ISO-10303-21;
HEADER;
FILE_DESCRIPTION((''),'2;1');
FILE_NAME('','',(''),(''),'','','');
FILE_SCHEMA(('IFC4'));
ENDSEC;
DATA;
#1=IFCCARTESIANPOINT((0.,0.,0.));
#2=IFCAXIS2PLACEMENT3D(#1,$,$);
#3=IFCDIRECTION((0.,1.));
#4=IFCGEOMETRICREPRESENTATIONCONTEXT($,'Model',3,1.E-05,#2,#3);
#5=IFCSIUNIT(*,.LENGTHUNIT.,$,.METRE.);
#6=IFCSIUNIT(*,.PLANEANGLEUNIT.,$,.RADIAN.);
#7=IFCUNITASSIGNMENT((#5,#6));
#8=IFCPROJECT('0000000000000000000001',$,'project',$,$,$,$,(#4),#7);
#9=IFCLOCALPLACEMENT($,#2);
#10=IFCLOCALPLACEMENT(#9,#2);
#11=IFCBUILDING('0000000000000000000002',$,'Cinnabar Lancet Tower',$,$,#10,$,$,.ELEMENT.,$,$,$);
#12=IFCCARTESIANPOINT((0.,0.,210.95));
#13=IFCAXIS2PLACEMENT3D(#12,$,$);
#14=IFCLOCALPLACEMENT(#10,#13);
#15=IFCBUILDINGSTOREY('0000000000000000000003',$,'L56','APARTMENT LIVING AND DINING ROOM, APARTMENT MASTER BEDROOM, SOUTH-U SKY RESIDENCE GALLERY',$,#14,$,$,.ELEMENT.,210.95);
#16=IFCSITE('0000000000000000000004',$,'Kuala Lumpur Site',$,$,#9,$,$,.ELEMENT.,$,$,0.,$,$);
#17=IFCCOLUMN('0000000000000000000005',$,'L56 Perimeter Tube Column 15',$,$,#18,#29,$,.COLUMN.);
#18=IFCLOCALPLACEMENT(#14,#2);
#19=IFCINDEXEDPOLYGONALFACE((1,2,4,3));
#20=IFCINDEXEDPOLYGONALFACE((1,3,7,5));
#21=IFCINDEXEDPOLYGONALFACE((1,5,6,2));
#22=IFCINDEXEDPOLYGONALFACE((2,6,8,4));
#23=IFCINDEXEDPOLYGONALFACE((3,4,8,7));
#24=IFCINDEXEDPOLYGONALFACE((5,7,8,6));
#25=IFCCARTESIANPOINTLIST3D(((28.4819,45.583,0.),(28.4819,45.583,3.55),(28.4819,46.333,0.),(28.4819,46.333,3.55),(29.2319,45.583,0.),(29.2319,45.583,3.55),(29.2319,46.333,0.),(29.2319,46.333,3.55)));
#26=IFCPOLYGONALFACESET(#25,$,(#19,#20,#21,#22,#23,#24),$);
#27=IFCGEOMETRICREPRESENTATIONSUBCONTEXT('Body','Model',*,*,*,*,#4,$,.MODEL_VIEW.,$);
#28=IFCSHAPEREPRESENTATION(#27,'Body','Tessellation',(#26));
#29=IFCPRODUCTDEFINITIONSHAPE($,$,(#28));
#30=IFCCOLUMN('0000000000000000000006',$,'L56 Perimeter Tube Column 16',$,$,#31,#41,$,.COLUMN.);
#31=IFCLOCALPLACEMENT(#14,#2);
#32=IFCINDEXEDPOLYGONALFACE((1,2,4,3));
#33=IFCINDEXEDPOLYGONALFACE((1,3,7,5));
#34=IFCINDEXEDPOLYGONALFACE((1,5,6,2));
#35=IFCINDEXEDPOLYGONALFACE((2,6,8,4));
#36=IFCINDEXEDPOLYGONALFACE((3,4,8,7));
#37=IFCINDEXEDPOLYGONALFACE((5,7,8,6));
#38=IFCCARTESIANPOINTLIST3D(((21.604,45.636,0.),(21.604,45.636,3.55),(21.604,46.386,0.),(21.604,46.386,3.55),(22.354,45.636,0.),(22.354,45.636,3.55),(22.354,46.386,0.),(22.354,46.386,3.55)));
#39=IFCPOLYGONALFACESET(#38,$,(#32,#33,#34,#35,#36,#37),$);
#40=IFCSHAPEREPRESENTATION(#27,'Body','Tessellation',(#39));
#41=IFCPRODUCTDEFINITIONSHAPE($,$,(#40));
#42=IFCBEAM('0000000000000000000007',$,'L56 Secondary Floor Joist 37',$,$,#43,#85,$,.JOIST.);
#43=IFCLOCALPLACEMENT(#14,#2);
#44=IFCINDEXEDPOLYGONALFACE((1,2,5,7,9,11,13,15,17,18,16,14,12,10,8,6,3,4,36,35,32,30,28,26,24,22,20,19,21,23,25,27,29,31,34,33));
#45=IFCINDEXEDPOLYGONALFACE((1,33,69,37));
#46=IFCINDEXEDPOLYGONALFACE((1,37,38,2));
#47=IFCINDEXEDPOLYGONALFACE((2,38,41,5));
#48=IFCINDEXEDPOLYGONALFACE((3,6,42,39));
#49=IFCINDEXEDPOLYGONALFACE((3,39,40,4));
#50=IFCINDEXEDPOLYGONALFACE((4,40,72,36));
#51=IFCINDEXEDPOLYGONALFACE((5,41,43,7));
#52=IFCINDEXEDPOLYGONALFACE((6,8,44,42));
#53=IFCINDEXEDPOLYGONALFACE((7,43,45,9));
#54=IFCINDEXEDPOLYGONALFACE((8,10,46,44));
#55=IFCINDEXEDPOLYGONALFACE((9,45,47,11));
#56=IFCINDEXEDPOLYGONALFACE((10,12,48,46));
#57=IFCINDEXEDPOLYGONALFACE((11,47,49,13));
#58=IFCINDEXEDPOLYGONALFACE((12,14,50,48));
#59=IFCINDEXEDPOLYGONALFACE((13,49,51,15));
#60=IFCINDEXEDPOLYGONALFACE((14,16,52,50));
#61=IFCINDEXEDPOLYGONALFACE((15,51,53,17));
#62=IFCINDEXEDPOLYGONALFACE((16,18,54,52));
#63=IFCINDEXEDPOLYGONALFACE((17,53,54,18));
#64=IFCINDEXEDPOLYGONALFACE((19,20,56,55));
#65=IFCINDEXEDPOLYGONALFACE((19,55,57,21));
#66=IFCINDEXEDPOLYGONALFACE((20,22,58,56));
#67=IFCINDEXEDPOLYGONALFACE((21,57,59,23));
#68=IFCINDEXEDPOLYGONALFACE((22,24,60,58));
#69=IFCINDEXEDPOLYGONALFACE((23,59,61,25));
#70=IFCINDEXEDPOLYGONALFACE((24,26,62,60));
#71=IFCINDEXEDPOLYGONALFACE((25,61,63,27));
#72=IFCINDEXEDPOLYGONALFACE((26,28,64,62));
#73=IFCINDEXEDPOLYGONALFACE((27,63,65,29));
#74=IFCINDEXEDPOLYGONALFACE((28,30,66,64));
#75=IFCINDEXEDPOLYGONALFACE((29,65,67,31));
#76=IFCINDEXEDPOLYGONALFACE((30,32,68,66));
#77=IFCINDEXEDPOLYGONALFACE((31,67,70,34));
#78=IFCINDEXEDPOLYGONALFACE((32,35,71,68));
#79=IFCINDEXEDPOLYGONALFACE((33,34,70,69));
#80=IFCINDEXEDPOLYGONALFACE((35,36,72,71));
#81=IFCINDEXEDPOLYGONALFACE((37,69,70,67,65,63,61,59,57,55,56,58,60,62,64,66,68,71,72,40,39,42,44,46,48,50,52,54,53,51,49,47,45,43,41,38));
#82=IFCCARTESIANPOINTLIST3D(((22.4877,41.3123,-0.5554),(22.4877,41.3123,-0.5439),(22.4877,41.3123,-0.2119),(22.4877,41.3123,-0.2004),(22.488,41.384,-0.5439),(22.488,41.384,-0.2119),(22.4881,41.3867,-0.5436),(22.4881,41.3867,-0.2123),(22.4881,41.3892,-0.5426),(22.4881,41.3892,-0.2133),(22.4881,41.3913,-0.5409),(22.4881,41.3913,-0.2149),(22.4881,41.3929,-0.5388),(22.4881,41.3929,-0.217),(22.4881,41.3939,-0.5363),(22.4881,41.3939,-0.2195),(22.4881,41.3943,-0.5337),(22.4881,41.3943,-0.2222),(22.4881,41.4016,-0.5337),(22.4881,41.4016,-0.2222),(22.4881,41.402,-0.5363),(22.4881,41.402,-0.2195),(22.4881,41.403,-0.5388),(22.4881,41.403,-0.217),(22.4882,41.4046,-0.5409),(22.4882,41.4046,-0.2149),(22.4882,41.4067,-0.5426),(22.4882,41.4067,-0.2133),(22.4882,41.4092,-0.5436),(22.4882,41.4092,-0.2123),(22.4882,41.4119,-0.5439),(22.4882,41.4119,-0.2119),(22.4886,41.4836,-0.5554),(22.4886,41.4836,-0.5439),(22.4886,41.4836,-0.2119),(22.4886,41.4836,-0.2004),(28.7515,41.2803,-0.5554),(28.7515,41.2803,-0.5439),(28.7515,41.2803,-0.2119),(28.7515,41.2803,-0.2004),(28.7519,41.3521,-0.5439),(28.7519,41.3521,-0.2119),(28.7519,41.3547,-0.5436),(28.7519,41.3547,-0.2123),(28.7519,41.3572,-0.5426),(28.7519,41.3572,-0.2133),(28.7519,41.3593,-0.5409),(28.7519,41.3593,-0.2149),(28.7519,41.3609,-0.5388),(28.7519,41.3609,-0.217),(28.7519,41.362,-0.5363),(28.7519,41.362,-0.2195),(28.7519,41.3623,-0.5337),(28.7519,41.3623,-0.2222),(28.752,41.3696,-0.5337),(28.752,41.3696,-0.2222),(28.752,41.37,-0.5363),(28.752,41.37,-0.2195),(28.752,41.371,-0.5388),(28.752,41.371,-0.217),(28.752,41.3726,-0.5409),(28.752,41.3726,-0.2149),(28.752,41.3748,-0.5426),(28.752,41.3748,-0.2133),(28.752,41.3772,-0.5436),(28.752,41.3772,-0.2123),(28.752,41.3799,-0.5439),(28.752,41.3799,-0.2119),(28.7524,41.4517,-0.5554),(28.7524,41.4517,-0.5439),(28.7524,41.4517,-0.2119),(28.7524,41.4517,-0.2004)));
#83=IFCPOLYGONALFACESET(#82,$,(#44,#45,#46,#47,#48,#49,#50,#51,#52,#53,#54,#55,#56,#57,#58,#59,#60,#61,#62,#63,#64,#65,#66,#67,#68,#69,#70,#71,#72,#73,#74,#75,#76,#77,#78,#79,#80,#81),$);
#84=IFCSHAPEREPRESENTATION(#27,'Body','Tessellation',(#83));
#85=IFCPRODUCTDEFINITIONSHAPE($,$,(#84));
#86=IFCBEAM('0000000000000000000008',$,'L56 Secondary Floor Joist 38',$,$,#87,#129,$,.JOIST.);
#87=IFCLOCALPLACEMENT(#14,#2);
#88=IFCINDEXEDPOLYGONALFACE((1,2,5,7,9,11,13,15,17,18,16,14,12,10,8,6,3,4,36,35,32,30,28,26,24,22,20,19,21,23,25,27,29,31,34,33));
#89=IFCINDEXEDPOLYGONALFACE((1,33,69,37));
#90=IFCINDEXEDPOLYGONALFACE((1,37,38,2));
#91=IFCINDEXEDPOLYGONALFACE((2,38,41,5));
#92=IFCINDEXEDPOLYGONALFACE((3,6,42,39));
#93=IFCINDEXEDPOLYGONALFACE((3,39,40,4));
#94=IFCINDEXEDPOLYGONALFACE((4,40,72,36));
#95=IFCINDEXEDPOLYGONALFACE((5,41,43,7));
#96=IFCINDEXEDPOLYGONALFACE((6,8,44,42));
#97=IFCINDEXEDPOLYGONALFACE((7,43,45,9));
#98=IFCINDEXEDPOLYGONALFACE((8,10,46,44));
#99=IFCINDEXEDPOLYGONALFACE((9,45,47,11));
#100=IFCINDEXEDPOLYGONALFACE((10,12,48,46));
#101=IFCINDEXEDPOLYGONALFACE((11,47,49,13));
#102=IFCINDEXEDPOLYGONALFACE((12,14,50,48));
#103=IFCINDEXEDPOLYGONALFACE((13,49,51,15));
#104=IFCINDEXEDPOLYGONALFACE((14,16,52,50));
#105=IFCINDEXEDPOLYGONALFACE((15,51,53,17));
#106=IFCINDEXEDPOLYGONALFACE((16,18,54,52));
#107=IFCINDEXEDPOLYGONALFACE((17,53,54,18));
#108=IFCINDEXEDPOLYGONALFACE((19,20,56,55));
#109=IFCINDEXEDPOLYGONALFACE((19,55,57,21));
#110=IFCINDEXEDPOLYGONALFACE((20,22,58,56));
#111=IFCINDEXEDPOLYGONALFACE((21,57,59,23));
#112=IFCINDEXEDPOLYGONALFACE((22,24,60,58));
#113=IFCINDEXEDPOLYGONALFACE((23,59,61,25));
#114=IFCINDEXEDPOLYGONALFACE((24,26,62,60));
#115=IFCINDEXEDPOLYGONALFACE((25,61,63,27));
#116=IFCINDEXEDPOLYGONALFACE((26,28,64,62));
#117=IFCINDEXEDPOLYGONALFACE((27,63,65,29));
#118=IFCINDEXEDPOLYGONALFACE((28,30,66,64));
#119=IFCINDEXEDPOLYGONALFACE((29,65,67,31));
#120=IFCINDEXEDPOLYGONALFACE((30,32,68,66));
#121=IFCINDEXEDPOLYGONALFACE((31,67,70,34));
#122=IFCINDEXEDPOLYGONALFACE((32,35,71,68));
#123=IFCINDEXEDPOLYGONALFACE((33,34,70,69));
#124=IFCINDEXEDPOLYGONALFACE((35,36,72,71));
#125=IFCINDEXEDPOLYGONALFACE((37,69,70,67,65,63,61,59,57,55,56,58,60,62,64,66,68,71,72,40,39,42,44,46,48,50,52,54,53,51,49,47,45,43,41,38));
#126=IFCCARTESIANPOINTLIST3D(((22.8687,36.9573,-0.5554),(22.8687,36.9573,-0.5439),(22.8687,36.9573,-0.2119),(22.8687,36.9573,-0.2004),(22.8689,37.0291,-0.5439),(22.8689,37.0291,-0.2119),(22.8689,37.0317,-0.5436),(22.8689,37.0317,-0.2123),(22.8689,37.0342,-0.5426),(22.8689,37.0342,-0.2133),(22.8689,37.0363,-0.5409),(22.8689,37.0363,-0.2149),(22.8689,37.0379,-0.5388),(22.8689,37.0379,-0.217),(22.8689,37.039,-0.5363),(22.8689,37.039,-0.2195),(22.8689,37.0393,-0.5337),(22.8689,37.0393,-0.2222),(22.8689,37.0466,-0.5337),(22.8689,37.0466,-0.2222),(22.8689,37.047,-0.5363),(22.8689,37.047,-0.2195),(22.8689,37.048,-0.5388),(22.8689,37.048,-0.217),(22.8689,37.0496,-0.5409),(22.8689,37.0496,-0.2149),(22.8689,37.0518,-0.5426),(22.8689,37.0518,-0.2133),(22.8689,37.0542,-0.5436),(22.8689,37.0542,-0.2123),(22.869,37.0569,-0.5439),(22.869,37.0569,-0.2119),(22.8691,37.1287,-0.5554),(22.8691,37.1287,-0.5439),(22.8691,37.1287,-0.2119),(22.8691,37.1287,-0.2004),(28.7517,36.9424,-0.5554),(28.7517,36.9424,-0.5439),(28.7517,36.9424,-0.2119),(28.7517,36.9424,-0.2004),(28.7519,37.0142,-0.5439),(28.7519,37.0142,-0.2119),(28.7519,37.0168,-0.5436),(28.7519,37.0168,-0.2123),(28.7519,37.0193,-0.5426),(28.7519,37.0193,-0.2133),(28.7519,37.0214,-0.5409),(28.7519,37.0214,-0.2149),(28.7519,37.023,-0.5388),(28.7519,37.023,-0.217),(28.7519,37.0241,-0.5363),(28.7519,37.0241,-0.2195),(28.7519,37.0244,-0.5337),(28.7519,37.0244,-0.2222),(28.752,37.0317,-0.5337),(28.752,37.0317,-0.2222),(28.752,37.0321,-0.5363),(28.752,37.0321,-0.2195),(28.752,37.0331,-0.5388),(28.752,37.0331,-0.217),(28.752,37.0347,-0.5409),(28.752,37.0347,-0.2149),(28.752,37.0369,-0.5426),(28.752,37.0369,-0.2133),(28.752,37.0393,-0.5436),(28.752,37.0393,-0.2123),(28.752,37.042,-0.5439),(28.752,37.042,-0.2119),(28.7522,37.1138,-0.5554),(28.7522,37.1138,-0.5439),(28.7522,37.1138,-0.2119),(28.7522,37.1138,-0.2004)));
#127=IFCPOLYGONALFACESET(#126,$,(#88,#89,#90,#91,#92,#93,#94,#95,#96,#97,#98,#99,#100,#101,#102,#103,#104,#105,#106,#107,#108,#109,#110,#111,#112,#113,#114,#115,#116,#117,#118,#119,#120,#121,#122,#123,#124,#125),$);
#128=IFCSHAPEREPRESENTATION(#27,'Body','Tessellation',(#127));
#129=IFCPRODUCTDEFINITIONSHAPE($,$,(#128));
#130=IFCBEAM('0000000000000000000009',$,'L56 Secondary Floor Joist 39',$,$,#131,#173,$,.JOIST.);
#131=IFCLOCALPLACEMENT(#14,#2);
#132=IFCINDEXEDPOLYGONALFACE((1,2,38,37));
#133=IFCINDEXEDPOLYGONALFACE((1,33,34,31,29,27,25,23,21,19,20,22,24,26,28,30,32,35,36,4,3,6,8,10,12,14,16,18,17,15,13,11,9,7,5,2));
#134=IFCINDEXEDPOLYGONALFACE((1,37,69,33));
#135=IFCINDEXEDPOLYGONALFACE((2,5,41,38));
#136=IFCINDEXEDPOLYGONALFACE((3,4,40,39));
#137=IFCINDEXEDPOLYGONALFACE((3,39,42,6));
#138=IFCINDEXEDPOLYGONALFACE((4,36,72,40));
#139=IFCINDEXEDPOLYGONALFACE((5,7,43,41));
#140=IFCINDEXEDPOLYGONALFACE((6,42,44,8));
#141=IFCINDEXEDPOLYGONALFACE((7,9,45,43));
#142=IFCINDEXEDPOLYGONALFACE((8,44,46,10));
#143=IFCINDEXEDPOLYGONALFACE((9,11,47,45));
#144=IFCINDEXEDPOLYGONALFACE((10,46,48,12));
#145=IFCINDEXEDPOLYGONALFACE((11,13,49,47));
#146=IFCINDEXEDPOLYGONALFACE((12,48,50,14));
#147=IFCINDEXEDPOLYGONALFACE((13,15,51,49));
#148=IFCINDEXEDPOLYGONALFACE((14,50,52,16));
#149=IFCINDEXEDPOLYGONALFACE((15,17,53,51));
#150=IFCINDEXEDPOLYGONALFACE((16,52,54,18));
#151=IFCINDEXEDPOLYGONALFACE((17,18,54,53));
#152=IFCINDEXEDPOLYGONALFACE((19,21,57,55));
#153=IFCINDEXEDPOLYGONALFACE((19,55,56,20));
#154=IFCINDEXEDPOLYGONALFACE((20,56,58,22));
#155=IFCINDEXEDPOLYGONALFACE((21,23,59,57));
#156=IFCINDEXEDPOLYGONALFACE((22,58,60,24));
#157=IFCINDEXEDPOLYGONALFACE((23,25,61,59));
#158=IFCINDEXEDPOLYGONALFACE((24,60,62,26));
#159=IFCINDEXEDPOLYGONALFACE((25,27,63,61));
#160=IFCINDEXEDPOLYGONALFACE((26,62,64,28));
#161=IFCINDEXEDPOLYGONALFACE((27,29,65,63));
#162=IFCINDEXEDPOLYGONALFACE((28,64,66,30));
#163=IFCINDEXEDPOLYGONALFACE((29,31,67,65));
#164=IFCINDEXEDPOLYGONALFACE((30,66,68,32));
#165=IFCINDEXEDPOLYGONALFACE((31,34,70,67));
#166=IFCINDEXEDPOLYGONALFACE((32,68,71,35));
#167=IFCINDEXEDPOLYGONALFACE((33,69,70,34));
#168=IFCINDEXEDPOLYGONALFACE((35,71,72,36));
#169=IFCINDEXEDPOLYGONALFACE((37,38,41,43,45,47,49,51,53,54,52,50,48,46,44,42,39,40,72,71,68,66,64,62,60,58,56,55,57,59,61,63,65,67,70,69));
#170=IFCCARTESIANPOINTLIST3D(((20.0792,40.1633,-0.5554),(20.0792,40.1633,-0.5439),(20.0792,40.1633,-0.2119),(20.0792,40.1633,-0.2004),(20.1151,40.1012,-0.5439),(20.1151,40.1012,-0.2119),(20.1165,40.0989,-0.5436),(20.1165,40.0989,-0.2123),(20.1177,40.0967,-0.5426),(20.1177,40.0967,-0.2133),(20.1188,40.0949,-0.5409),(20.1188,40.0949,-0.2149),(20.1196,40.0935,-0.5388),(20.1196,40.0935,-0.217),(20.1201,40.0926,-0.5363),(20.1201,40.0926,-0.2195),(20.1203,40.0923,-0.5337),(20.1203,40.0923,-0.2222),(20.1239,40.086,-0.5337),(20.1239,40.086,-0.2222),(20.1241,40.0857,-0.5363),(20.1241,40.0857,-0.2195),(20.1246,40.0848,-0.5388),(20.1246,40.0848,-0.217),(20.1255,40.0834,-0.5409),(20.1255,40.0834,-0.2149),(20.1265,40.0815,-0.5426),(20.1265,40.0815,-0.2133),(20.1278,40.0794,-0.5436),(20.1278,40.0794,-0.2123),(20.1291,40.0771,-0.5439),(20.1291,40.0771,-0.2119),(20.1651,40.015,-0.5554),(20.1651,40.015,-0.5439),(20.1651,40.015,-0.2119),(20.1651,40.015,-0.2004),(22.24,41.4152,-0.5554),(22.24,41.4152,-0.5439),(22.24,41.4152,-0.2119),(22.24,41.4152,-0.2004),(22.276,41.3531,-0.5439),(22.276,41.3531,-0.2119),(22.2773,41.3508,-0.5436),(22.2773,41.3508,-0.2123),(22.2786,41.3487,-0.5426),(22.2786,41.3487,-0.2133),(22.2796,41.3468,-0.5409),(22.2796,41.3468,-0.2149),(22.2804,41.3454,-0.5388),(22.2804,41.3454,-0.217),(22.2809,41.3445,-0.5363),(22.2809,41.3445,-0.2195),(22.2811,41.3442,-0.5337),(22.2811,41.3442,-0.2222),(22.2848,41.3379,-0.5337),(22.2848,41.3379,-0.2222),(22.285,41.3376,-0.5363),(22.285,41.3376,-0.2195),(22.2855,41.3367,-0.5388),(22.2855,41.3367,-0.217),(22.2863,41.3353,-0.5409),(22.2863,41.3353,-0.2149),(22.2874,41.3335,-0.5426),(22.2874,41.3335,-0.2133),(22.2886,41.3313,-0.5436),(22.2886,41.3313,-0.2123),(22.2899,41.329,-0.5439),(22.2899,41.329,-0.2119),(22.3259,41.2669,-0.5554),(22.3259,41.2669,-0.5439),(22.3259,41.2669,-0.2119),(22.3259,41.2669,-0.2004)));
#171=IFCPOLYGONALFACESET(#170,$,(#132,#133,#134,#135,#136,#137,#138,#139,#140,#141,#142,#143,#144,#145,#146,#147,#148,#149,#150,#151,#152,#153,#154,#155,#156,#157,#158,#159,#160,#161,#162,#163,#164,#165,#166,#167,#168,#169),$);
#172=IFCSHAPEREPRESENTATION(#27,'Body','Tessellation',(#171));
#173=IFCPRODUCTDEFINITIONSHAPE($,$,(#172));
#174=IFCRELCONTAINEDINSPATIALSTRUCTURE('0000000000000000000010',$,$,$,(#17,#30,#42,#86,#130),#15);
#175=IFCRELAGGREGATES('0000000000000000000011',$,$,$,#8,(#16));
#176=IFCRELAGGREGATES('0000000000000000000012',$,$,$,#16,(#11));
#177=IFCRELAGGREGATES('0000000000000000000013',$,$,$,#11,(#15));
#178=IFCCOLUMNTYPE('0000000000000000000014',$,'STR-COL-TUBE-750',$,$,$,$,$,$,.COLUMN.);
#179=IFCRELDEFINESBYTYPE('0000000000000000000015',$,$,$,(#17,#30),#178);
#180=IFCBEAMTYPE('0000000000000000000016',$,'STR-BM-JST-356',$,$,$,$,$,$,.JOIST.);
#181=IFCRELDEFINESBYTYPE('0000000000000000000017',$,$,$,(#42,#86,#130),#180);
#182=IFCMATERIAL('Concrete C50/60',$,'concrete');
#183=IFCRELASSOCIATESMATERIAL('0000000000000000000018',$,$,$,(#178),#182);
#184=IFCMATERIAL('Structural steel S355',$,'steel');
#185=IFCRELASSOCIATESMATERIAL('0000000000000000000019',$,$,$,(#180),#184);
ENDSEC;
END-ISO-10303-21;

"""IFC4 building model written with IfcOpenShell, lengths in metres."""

from ifc_helpers import new_model, si_unit, direction, frame, origin, origin_2d, place, context, subcontext, project, spatial, rectangle, i_section, extrude, material, material_profile, profile_set, type_object, element, save


model = new_model("IFC4")

# Units and contexts
model_context = context("Model", 3, precision=1e-05, world=origin(), true_north=direction((0.0, 1.0)))
body_context = subcontext(model_context, "Body", "Model", "MODEL_VIEW")
ifc_project = project(units=[si_unit("LENGTHUNIT", "METRE"), si_unit("PLANEANGLEUNIT", "RADIAN")], contexts=[model_context])

# Site, building, storey
site_placement = place(None, origin())
site = spatial("IfcSite", under=ifc_project, at=site_placement, Name="Kuala Lumpur Site", CompositionType="ELEMENT", RefElevation=0.0)
building_placement = place(site_placement, origin())
building = spatial("IfcBuilding", under=site, at=building_placement, Name="Cinnabar Lancet Tower", CompositionType="ELEMENT")
storey_placement = place(building_placement, frame((0.0, 0.0, 210.95)))
storey = spatial("IfcBuildingStorey", under=building, at=storey_placement, Name="L56", Description="APARTMENT LIVING AND DINING ROOM, APARTMENT MASTER BEDROOM, SOUTH-U SKY RESIDENCE GALLERY", CompositionType="ELEMENT", Elevation=210.95)

# Columns
ifc_material_1 = material(Name="Concrete C50/60", Category="concrete")
ifc_material_profile_1 = material_profile(ifc_material_1, rectangle(XDim=0.75, YDim=0.75, at=origin_2d()), Name="RC-COL 750x750")
ifc_profile_set_1 = profile_set([ifc_material_profile_1], Name="Concrete C50/60")
column_type = type_object("IfcColumnType", Name="STR-COL-TUBE-750", PredefinedType="COLUMN", material=ifc_profile_set_1)
for number, where, z_axis, x_axis, name in (
    (1, (28.8569, 45.958, 0.0), (0.0, 0.0, 1.0), (1.0, 0.0, 0.0), "L56 Perimeter Tube Column 15"),
    (2, (21.979, 46.011, 0.0), (0.0, 0.0, 1.0), (1.0, 0.0, 0.0), "L56 Perimeter Tube Column 16"),
):
    element("IfcColumn", number, at=place(storey_placement, frame(where, z_axis=z_axis, x_axis=x_axis)), inside=storey, type_object=column_type, Name=name, PredefinedType="COLUMN", context=body_context, shape_type="SweptSolid", body=[
        extrude(rectangle(XDim=0.75, YDim=0.75, at=origin_2d()), origin(), (0.0, 0.0, 1.0), 3.55),
    ])

# Beams
ifc_material_2 = material(Name="Structural steel S355", Category="steel")
ifc_material_profile_2 = material_profile(ifc_material_2, i_section(OverallWidth=0.1714, OverallDepth=0.355, WebThickness=0.0073, FlangeThickness=0.0115, FilletRadius=0.0103, at=origin_2d()), Name="UKB 356x171x51")
ifc_profile_set_2 = profile_set([ifc_material_profile_2], Name="Structural steel S355")
beam_type_1 = type_object("IfcBeamType", Name="STR-BM-JST-356", PredefinedType="JOIST", material=ifc_profile_set_2)
beam_1_placement = place(storey_placement, frame((28.752, 41.366, -0.3779), z_axis=(-0.999987, 0.005106, 0.0), x_axis=(-0.005106, -0.999987, 0.0)))
element("IfcBeam", 3, at=beam_1_placement, inside=storey, type_object=beam_type_1, Name="L56 Secondary Floor Joist 37", PredefinedType="JOIST", context=body_context, shape_type="SweptSolid", body=[
    extrude(i_section(OverallWidth=0.1714, OverallDepth=0.355, WebThickness=0.0073, FlangeThickness=0.0115, FilletRadius=0.0103, at=origin_2d()), origin(), (0.0, 0.0, 1.0), 6.2639),
])
beam_2_placement = place(storey_placement, frame((28.752, 37.0281, -0.3779), z_axis=(-0.999997, 0.002531, 0.0), x_axis=(-0.002531, -0.999997, 0.0)))
element("IfcBeam", 4, at=beam_2_placement, inside=storey, type_object=beam_type_1, Name="L56 Secondary Floor Joist 38", PredefinedType="JOIST", context=body_context, shape_type="SweptSolid", body=[
    extrude(i_section(OverallWidth=0.1714, OverallDepth=0.355, WebThickness=0.0073, FlangeThickness=0.0115, FilletRadius=0.0103, at=origin_2d()), origin(), (0.0, 0.0, 1.0), 5.8831),
])
beam_3_placement = place(storey_placement, frame((22.283, 41.3411, -0.3779), z_axis=(-0.865268, -0.50131, 0.0), x_axis=(0.50131, -0.865268, 0.0)))
element("IfcBeam", 5, at=beam_3_placement, inside=storey, type_object=beam_type_1, Name="L56 Secondary Floor Joist 39", PredefinedType="JOIST", context=body_context, shape_type="SweptSolid", body=[
    extrude(i_section(OverallWidth=0.1714, OverallDepth=0.355, WebThickness=0.0073, FlangeThickness=0.0115, FilletRadius=0.0103, at=origin_2d()), origin(), (0.0, 0.0, 1.0), 2.4973),
])

save(model, "model.ifc")
